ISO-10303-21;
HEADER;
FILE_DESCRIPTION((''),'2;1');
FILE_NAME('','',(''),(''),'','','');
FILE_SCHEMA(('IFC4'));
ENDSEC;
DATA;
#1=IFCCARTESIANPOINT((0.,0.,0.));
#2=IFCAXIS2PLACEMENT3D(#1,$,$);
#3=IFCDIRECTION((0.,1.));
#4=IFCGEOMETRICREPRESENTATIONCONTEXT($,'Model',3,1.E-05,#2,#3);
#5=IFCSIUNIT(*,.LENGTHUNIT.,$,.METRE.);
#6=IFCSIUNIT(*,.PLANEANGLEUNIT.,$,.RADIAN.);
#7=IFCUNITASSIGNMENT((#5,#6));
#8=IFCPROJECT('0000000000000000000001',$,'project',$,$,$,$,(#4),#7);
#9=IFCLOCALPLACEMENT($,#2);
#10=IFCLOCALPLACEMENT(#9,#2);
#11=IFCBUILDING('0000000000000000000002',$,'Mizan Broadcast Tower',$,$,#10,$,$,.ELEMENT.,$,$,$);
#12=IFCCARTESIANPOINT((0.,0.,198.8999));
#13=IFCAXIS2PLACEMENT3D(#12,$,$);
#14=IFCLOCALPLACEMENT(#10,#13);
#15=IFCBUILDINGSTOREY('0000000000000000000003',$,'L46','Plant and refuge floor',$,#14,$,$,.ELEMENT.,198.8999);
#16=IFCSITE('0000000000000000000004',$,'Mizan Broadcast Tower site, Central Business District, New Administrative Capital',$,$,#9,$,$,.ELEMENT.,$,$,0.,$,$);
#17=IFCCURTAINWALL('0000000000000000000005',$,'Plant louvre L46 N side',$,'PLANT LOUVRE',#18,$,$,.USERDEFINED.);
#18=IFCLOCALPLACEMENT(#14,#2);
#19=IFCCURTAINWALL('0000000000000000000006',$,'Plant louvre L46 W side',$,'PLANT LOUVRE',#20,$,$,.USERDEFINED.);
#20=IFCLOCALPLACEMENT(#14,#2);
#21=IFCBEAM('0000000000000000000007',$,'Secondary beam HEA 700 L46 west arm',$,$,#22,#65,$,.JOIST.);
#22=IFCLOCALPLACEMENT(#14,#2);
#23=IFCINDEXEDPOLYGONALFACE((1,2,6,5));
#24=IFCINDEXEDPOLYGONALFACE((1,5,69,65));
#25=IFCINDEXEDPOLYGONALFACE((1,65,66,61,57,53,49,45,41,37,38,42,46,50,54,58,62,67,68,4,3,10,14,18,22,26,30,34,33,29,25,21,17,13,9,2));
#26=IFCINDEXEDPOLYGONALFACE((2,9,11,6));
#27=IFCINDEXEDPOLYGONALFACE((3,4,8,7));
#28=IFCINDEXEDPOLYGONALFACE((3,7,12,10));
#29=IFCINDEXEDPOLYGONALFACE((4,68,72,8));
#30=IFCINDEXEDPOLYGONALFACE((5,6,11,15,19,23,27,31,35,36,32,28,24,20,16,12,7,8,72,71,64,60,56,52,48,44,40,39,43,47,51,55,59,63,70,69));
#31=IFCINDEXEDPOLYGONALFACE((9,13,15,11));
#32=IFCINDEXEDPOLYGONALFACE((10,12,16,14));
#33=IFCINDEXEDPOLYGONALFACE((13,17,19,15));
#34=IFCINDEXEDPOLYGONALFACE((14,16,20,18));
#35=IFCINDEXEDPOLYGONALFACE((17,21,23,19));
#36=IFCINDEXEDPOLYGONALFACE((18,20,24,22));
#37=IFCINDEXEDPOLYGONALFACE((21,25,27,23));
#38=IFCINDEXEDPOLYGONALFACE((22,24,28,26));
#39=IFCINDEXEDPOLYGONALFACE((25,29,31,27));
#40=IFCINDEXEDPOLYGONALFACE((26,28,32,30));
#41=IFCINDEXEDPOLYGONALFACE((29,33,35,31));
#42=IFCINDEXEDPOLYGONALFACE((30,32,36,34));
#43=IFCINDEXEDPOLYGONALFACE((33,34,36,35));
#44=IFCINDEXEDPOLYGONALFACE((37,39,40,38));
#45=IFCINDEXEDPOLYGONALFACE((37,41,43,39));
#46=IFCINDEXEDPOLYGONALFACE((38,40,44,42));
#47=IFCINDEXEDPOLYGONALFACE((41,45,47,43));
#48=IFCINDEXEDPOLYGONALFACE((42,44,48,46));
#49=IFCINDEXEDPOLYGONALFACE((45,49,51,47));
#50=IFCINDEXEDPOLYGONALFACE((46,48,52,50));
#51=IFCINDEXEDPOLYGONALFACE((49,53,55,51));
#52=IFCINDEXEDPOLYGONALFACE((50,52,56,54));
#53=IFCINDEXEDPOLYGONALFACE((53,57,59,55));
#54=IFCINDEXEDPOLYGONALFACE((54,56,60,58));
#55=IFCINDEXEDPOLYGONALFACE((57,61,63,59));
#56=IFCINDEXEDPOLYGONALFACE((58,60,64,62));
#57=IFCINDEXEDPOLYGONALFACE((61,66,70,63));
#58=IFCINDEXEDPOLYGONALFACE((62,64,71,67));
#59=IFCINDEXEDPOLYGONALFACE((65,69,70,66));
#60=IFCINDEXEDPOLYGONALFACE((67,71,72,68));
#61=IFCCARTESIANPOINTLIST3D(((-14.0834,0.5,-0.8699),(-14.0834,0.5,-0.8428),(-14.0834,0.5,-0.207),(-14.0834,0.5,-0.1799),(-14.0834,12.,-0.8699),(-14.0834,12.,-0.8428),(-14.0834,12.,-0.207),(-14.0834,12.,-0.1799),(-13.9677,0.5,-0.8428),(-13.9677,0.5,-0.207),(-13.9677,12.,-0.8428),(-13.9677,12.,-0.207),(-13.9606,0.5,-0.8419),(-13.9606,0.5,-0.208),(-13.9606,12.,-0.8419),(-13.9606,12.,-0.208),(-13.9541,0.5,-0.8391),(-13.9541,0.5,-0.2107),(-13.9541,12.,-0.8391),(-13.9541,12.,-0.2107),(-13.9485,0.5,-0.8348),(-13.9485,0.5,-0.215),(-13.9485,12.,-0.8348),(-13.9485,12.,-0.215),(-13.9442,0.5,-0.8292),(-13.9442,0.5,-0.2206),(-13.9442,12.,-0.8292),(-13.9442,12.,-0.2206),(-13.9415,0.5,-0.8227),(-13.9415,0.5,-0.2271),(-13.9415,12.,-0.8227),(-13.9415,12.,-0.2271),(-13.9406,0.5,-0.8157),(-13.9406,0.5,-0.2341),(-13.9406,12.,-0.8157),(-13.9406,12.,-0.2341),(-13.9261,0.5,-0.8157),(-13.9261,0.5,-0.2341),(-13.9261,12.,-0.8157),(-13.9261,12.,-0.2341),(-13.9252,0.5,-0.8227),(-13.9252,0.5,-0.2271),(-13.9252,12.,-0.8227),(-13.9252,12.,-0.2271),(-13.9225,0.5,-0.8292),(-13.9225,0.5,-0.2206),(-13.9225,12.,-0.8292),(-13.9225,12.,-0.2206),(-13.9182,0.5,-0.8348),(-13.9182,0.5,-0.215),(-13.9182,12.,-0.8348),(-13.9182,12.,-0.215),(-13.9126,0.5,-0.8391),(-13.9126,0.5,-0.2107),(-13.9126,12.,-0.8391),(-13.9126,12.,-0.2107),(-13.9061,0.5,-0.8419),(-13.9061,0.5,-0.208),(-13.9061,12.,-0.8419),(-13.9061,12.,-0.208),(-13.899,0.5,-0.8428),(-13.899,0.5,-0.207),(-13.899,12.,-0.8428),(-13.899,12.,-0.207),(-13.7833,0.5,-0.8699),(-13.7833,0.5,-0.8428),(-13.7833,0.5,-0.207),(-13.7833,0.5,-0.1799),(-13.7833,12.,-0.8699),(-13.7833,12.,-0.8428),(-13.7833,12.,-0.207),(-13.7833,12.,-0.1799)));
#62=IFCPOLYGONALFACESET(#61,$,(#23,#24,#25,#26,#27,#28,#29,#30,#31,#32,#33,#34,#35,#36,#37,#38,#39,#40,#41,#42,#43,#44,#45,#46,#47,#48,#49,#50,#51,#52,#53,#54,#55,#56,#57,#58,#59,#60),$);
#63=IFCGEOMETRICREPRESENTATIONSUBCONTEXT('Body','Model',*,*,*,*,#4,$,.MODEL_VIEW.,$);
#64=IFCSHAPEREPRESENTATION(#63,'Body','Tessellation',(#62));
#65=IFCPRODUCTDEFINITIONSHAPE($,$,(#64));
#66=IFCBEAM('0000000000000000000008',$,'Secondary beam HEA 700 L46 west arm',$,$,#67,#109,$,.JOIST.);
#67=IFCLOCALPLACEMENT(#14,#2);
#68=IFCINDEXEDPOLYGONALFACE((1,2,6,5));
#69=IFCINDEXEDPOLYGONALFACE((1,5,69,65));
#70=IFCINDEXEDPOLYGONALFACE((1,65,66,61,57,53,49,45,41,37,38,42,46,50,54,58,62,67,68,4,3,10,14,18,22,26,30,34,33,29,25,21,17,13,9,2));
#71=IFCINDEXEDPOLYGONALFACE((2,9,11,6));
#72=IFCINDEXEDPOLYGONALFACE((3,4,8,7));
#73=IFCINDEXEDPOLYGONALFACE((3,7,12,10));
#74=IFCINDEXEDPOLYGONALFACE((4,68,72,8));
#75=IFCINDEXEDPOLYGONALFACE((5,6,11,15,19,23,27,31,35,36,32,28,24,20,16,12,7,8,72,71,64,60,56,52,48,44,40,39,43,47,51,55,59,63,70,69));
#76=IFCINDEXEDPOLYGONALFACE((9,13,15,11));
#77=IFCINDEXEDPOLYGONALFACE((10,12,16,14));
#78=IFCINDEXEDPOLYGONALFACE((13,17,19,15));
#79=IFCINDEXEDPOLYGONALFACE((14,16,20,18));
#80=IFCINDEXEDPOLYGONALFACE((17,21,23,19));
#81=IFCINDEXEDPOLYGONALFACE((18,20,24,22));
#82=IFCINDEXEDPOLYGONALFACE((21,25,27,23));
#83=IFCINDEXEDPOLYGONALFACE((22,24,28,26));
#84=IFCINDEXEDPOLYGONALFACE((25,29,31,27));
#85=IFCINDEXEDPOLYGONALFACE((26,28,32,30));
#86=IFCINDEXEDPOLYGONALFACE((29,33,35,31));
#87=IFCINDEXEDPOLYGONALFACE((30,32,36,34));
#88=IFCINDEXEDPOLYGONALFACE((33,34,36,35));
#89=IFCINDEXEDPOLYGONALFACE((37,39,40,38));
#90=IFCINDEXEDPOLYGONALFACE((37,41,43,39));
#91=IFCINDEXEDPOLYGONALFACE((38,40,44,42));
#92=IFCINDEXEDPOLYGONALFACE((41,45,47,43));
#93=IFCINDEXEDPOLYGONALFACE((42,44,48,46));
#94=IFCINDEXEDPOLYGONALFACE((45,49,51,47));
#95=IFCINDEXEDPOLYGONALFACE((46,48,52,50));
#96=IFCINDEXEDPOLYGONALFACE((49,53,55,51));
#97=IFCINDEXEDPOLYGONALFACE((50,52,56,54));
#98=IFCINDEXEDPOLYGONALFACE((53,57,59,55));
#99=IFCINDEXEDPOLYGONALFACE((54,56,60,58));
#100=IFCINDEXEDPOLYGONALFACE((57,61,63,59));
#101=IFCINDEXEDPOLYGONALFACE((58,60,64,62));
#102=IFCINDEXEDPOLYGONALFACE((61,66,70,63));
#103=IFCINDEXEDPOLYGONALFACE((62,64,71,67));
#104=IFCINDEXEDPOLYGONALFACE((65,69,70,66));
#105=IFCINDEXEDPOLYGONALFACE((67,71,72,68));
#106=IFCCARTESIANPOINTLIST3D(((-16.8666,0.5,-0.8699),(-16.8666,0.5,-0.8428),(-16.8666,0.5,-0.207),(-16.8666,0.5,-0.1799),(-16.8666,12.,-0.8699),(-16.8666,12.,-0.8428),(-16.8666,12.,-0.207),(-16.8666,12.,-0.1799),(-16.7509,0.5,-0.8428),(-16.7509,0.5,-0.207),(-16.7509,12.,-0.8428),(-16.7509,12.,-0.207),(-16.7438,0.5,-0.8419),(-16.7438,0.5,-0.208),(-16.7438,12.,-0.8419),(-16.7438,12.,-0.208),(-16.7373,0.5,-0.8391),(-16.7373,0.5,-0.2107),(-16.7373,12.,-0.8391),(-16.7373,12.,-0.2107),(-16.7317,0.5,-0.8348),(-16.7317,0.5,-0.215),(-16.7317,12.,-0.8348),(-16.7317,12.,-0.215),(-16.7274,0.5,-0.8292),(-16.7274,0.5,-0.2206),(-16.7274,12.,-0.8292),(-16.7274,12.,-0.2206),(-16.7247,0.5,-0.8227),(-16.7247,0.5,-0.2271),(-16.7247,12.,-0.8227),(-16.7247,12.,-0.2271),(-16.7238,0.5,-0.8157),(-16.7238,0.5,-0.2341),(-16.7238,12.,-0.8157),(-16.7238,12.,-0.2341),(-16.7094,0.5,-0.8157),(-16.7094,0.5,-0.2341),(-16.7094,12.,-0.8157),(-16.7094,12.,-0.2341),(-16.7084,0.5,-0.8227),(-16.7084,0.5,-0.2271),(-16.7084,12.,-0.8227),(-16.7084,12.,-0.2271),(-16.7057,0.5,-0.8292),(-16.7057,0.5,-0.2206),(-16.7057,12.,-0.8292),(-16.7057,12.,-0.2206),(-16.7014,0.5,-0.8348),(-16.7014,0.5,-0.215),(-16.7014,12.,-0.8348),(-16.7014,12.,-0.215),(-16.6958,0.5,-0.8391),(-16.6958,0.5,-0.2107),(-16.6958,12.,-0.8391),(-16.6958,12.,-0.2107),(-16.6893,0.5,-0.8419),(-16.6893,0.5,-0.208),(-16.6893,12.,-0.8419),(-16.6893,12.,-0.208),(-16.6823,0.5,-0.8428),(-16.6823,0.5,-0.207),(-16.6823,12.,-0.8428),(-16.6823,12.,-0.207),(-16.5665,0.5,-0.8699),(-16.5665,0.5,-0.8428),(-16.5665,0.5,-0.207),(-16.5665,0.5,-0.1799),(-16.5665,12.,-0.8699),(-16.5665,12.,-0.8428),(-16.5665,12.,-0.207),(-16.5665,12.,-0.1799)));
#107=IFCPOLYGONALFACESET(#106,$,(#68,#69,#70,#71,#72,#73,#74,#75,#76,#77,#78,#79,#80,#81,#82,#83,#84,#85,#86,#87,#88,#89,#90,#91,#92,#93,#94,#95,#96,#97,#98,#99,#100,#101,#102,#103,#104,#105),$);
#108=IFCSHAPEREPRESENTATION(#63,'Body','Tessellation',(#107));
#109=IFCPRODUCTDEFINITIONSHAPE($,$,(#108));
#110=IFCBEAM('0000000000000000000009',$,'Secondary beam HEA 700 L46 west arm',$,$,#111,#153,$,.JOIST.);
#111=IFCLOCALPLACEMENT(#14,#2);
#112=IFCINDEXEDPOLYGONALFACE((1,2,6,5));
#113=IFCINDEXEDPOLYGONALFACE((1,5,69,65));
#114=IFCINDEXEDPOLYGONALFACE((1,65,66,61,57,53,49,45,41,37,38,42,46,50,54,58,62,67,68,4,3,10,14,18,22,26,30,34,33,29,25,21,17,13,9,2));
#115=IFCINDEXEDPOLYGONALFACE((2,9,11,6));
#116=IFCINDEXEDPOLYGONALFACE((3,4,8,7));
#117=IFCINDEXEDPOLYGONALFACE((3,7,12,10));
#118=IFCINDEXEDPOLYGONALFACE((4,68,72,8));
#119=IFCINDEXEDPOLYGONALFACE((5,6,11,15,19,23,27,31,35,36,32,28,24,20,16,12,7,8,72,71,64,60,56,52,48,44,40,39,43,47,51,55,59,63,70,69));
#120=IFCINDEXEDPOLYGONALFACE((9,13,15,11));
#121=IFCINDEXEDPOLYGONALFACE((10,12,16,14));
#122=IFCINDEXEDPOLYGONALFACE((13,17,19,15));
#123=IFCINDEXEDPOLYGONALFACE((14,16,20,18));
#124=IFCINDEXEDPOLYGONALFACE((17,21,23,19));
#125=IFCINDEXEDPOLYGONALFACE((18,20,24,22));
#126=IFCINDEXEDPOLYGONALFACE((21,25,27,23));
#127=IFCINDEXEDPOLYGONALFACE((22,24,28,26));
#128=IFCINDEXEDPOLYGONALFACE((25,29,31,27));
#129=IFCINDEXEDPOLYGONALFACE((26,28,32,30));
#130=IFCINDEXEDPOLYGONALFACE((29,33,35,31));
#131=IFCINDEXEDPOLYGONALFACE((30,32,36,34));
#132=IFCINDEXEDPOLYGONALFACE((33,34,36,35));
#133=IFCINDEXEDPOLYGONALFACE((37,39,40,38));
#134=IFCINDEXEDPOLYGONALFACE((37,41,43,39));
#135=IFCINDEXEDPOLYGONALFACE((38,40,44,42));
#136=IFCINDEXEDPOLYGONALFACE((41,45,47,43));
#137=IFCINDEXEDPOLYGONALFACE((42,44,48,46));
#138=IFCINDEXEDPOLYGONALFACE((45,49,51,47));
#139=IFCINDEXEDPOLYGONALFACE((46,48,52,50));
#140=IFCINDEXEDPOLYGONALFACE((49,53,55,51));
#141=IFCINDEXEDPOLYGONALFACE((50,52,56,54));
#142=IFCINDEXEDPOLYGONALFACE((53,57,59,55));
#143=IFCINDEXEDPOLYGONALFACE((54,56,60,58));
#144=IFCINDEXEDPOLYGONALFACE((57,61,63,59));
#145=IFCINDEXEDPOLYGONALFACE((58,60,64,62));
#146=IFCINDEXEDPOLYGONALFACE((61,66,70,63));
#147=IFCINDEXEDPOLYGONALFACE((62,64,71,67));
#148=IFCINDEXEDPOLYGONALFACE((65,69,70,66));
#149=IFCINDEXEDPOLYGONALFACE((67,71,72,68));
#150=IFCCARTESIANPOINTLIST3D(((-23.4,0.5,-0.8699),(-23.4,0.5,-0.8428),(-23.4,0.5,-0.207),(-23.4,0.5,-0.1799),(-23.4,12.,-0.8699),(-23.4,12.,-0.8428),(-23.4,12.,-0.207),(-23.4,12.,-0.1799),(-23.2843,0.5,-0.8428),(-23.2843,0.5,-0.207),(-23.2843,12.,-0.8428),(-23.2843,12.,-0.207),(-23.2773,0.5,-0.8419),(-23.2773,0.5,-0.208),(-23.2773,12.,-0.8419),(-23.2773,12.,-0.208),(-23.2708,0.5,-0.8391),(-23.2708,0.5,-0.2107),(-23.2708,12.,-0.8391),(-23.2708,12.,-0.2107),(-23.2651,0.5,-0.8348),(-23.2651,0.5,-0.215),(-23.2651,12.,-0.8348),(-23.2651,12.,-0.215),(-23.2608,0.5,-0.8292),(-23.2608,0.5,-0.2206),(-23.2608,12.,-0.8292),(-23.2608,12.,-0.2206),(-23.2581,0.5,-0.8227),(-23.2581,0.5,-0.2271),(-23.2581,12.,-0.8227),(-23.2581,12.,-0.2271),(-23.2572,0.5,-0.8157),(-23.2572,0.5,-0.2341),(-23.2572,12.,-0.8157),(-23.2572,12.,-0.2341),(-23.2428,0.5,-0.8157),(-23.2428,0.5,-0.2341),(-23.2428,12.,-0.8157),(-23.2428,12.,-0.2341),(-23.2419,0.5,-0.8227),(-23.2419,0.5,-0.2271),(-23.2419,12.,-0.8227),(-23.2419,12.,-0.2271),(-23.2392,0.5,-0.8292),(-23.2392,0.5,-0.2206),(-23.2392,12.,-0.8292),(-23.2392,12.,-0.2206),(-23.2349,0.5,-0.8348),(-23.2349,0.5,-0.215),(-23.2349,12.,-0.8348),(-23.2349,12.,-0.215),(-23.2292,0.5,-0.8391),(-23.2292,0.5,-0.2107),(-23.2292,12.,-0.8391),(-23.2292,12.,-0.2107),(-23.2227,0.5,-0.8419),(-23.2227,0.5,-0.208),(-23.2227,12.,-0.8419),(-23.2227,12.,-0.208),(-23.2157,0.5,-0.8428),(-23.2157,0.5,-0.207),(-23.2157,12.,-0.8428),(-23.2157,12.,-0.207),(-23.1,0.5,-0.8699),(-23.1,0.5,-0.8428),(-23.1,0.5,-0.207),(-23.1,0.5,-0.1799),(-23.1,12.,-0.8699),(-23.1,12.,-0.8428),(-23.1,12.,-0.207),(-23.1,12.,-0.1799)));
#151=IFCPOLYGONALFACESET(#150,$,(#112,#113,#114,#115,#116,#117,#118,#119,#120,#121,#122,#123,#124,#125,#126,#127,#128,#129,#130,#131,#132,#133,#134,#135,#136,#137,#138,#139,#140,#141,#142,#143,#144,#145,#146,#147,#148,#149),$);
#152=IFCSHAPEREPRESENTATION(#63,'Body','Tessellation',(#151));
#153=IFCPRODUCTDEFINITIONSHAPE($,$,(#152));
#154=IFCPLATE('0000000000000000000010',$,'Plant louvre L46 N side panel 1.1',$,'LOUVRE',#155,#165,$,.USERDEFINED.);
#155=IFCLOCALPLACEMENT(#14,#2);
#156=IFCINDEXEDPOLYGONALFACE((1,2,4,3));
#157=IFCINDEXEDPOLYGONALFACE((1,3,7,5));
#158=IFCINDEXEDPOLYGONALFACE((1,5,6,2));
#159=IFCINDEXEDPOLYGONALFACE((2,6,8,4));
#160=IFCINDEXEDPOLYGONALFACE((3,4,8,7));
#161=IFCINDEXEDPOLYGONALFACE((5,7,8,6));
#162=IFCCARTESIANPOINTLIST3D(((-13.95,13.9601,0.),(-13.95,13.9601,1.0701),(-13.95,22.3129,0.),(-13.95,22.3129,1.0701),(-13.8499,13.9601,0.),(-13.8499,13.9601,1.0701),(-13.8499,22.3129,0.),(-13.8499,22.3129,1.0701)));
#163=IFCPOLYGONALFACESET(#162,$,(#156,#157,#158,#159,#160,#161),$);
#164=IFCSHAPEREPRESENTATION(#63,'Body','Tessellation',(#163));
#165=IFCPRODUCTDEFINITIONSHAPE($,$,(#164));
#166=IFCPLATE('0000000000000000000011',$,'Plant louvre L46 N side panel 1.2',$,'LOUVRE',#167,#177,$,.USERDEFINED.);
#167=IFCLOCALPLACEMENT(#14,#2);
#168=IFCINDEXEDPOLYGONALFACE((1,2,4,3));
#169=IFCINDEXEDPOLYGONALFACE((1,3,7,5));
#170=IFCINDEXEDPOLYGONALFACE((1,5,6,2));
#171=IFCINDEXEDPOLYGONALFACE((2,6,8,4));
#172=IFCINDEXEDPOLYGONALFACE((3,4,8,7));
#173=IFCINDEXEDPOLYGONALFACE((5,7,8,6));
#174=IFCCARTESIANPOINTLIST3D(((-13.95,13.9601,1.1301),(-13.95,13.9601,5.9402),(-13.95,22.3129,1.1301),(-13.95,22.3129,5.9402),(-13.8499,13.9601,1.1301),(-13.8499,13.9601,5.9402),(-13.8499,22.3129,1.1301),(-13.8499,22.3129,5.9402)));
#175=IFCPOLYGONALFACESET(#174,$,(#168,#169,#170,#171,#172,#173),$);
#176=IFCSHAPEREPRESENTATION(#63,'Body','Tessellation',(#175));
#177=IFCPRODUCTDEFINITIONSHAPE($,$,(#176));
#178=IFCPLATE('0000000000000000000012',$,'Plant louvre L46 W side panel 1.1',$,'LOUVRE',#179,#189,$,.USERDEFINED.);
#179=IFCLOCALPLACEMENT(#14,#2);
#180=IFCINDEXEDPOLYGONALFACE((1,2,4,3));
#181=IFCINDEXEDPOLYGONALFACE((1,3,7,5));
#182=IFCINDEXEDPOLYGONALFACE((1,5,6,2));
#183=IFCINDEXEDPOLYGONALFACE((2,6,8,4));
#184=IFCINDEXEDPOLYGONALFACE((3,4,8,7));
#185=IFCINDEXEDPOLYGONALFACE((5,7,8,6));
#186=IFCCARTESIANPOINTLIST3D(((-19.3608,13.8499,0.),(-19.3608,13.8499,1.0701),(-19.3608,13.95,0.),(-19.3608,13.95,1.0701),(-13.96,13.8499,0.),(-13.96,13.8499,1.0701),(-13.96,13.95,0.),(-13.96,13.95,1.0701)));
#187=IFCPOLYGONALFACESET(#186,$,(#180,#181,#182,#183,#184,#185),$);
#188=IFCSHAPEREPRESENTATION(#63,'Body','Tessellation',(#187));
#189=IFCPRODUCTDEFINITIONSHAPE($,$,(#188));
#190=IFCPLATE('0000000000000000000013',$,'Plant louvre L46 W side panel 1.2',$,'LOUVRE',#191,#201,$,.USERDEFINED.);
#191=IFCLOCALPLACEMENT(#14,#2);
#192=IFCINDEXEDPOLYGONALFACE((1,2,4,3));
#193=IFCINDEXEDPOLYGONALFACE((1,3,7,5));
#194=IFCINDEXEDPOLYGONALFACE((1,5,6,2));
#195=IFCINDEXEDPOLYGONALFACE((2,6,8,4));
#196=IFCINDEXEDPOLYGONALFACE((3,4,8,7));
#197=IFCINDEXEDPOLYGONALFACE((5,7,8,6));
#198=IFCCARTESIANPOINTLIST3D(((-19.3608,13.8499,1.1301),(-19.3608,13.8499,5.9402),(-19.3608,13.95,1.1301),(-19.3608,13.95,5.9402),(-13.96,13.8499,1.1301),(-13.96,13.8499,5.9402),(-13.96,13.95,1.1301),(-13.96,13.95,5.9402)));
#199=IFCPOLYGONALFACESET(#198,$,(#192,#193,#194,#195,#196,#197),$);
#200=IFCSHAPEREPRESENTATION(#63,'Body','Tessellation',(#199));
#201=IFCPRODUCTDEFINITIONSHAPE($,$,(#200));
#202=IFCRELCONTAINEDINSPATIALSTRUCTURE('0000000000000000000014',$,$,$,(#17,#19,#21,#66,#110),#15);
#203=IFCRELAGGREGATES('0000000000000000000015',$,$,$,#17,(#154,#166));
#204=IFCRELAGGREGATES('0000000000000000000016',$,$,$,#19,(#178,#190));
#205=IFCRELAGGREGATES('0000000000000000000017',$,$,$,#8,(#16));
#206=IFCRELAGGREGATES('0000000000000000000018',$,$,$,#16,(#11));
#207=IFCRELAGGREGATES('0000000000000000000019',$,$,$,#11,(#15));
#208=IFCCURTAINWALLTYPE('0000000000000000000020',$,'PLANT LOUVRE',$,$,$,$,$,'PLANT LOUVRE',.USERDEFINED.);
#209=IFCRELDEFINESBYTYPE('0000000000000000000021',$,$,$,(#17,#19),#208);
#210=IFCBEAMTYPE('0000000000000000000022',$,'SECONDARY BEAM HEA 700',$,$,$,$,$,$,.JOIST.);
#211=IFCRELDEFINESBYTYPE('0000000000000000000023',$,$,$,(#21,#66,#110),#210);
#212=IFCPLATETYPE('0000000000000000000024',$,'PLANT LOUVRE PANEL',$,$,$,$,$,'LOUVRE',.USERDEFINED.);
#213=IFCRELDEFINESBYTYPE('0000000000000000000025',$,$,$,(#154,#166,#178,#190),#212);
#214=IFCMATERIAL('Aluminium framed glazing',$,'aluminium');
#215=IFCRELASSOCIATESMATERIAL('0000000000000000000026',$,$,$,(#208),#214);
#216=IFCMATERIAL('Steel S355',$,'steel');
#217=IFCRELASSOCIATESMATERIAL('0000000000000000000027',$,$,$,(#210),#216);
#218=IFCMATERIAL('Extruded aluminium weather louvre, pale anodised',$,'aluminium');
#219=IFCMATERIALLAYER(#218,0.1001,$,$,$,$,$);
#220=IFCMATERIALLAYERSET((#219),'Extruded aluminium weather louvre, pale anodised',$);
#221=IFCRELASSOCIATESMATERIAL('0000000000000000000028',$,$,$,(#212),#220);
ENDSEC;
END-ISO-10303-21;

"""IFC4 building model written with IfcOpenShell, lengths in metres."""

from ifc_helpers import new_model, si_unit, direction, frame, origin, origin_2d, place, context, subcontext, project, spatial, rectangle, i_section, extrude, material, layer, layer_set, material_profile, profile_set, type_object, element, aggregate, save


model = new_model("IFC4")

# Units and contexts
model_context = context("Model", 3, precision=1e-05, world=origin(), true_north=direction((0.0, 1.0)))
body_context = subcontext(model_context, "Body", "Model", "MODEL_VIEW")
ifc_project = project(units=[si_unit("LENGTHUNIT", "METRE"), si_unit("PLANEANGLEUNIT", "RADIAN")], contexts=[model_context])

# Site, building, storey
site_placement = place(None, origin())
site = spatial("IfcSite", under=ifc_project, at=site_placement, Name="Mizan Broadcast Tower site, Central Business District, New Administrative Capital", CompositionType="ELEMENT", RefElevation=0.0)
building_placement = place(site_placement, origin())
building = spatial("IfcBuilding", under=site, at=building_placement, Name="Mizan Broadcast Tower", CompositionType="ELEMENT")
storey_placement = place(building_placement, frame((0.0, 0.0, 198.8999)))
storey = spatial("IfcBuildingStorey", under=building, at=storey_placement, Name="L46", Description="Plant and refuge floor", CompositionType="ELEMENT", Elevation=198.8999)

# Curtain wall
ifc_material_1 = material(Name="Aluminium framed glazing", Category="aluminium")
curtain_wall_type = type_object("IfcCurtainWallType", Name="PLANT LOUVRE", ElementType="PLANT LOUVRE", PredefinedType="USERDEFINED", material=ifc_material_1)
curtain_wall_1_placement = place(storey_placement, origin())
curtain_wall_1 = element("IfcCurtainWall", 1, at=curtain_wall_1_placement, inside=storey, type_object=curtain_wall_type, Name="Plant louvre L46 N side", ObjectType="PLANT LOUVRE", PredefinedType="USERDEFINED")

# Curtain wall
curtain_wall_2_placement = place(storey_placement, origin())
curtain_wall_2 = element("IfcCurtainWall", 2, at=curtain_wall_2_placement, inside=storey, type_object=curtain_wall_type, Name="Plant louvre L46 W side", ObjectType="PLANT LOUVRE", PredefinedType="USERDEFINED")

# Beams
ifc_material_2 = material(Name="Steel S355", Category="steel")
ifc_material_profile_1 = material_profile(ifc_material_2, i_section(OverallWidth=0.3, OverallDepth=0.6899, WebThickness=0.0144, FlangeThickness=0.0271, FilletRadius=0.0271, at=origin_2d()), Name="HEA 700")
ifc_profile_set_1 = profile_set([ifc_material_profile_1], Name="Steel S355")
beam_type_1 = type_object("IfcBeamType", Name="SECONDARY BEAM HEA 700", PredefinedType="JOIST", material=ifc_profile_set_1)
for number, where, z_axis, x_axis, name in (
    (3, (-13.9333, 12.0, -0.5249), (0.0, -1.0, 0.0), (1.0, 0.0, 0.0), "Secondary beam HEA 700 L46 west arm"),
    (4, (-16.7166, 12.0, -0.5249), (0.0, -1.0, 0.0), (1.0, 0.0, 0.0), "Secondary beam HEA 700 L46 west arm"),
    (5, (-23.25, 12.0, -0.5249), (0.0, -1.0, 0.0), (1.0, 0.0, 0.0), "Secondary beam HEA 700 L46 west arm"),
):
    element("IfcBeam", number, at=place(storey_placement, frame(where, z_axis=z_axis, x_axis=x_axis)), inside=storey, type_object=beam_type_1, Name=name, PredefinedType="JOIST", context=body_context, shape_type="SweptSolid", body=[
        extrude(i_section(OverallWidth=0.3, OverallDepth=0.6899, WebThickness=0.0144, FlangeThickness=0.0271, FilletRadius=0.0271, at=origin_2d()), origin(), (0.0, 0.0, 1.0), 11.5),
    ])

# Plates
ifc_material_3 = material(Name="Extruded aluminium weather louvre, pale anodised", Category="aluminium")
ifc_layer = layer(ifc_material_3, 0.1001)
ifc_layer_set = layer_set([ifc_layer], Name="Extruded aluminium weather louvre, pale anodised")
plate_type = type_object("IfcPlateType", Name="PLANT LOUVRE PANEL", ElementType="LOUVRE", PredefinedType="USERDEFINED", material=ifc_layer_set)
plate_1_placement = place(storey_placement, frame((-13.8999, 18.1365, 0.0), z_axis=(0.0, 0.0, 1.0), x_axis=(0.0, -1.0, 0.0)))
plate_1 = element("IfcPlate", 6, at=plate_1_placement, type_object=plate_type, Name="Plant louvre L46 N side panel 1.1", ObjectType="LOUVRE", PredefinedType="USERDEFINED", context=body_context, shape_type="SweptSolid", body=[
    extrude(rectangle(XDim=8.3528, YDim=0.1001, at=origin_2d()), origin(), (0.0, 0.0, 1.0), 1.0701),
])
plate_2_placement = place(storey_placement, frame((-13.8999, 18.1365, 1.1301), z_axis=(0.0, 0.0, 1.0), x_axis=(0.0, -1.0, 0.0)))
plate_2 = element("IfcPlate", 7, at=plate_2_placement, type_object=plate_type, Name="Plant louvre L46 N side panel 1.2", ObjectType="LOUVRE", PredefinedType="USERDEFINED", context=body_context, shape_type="SweptSolid", body=[
    extrude(rectangle(XDim=8.3528, YDim=0.1001, at=origin_2d()), origin(), (0.0, 0.0, 1.0), 4.8101),
])
aggregate(curtain_wall_1, [plate_1, plate_2])
plate_3_placement = place(storey_placement, frame((-16.6604, 13.8999, 0.0), z_axis=(0.0, 0.0, 1.0), x_axis=(-1.0, 0.0, 0.0)))
plate_3 = element("IfcPlate", 8, at=plate_3_placement, type_object=plate_type, Name="Plant louvre L46 W side panel 1.1", ObjectType="LOUVRE", PredefinedType="USERDEFINED", context=body_context, shape_type="SweptSolid", body=[
    extrude(rectangle(XDim=5.4009, YDim=0.1001, at=origin_2d()), origin(), (0.0, 0.0, 1.0), 1.0701),
])
plate_4_placement = place(storey_placement, frame((-16.6604, 13.8999, 1.1301), z_axis=(0.0, 0.0, 1.0), x_axis=(-1.0, 0.0, 0.0)))
plate_4 = element("IfcPlate", 9, at=plate_4_placement, type_object=plate_type, Name="Plant louvre L46 W side panel 1.2", ObjectType="LOUVRE", PredefinedType="USERDEFINED", context=body_context, shape_type="SweptSolid", body=[
    extrude(rectangle(XDim=5.4009, YDim=0.1001, at=origin_2d()), origin(), (0.0, 0.0, 1.0), 4.8101),
])
aggregate(curtain_wall_2, [plate_3, plate_4])

save(model, "model.ifc")
